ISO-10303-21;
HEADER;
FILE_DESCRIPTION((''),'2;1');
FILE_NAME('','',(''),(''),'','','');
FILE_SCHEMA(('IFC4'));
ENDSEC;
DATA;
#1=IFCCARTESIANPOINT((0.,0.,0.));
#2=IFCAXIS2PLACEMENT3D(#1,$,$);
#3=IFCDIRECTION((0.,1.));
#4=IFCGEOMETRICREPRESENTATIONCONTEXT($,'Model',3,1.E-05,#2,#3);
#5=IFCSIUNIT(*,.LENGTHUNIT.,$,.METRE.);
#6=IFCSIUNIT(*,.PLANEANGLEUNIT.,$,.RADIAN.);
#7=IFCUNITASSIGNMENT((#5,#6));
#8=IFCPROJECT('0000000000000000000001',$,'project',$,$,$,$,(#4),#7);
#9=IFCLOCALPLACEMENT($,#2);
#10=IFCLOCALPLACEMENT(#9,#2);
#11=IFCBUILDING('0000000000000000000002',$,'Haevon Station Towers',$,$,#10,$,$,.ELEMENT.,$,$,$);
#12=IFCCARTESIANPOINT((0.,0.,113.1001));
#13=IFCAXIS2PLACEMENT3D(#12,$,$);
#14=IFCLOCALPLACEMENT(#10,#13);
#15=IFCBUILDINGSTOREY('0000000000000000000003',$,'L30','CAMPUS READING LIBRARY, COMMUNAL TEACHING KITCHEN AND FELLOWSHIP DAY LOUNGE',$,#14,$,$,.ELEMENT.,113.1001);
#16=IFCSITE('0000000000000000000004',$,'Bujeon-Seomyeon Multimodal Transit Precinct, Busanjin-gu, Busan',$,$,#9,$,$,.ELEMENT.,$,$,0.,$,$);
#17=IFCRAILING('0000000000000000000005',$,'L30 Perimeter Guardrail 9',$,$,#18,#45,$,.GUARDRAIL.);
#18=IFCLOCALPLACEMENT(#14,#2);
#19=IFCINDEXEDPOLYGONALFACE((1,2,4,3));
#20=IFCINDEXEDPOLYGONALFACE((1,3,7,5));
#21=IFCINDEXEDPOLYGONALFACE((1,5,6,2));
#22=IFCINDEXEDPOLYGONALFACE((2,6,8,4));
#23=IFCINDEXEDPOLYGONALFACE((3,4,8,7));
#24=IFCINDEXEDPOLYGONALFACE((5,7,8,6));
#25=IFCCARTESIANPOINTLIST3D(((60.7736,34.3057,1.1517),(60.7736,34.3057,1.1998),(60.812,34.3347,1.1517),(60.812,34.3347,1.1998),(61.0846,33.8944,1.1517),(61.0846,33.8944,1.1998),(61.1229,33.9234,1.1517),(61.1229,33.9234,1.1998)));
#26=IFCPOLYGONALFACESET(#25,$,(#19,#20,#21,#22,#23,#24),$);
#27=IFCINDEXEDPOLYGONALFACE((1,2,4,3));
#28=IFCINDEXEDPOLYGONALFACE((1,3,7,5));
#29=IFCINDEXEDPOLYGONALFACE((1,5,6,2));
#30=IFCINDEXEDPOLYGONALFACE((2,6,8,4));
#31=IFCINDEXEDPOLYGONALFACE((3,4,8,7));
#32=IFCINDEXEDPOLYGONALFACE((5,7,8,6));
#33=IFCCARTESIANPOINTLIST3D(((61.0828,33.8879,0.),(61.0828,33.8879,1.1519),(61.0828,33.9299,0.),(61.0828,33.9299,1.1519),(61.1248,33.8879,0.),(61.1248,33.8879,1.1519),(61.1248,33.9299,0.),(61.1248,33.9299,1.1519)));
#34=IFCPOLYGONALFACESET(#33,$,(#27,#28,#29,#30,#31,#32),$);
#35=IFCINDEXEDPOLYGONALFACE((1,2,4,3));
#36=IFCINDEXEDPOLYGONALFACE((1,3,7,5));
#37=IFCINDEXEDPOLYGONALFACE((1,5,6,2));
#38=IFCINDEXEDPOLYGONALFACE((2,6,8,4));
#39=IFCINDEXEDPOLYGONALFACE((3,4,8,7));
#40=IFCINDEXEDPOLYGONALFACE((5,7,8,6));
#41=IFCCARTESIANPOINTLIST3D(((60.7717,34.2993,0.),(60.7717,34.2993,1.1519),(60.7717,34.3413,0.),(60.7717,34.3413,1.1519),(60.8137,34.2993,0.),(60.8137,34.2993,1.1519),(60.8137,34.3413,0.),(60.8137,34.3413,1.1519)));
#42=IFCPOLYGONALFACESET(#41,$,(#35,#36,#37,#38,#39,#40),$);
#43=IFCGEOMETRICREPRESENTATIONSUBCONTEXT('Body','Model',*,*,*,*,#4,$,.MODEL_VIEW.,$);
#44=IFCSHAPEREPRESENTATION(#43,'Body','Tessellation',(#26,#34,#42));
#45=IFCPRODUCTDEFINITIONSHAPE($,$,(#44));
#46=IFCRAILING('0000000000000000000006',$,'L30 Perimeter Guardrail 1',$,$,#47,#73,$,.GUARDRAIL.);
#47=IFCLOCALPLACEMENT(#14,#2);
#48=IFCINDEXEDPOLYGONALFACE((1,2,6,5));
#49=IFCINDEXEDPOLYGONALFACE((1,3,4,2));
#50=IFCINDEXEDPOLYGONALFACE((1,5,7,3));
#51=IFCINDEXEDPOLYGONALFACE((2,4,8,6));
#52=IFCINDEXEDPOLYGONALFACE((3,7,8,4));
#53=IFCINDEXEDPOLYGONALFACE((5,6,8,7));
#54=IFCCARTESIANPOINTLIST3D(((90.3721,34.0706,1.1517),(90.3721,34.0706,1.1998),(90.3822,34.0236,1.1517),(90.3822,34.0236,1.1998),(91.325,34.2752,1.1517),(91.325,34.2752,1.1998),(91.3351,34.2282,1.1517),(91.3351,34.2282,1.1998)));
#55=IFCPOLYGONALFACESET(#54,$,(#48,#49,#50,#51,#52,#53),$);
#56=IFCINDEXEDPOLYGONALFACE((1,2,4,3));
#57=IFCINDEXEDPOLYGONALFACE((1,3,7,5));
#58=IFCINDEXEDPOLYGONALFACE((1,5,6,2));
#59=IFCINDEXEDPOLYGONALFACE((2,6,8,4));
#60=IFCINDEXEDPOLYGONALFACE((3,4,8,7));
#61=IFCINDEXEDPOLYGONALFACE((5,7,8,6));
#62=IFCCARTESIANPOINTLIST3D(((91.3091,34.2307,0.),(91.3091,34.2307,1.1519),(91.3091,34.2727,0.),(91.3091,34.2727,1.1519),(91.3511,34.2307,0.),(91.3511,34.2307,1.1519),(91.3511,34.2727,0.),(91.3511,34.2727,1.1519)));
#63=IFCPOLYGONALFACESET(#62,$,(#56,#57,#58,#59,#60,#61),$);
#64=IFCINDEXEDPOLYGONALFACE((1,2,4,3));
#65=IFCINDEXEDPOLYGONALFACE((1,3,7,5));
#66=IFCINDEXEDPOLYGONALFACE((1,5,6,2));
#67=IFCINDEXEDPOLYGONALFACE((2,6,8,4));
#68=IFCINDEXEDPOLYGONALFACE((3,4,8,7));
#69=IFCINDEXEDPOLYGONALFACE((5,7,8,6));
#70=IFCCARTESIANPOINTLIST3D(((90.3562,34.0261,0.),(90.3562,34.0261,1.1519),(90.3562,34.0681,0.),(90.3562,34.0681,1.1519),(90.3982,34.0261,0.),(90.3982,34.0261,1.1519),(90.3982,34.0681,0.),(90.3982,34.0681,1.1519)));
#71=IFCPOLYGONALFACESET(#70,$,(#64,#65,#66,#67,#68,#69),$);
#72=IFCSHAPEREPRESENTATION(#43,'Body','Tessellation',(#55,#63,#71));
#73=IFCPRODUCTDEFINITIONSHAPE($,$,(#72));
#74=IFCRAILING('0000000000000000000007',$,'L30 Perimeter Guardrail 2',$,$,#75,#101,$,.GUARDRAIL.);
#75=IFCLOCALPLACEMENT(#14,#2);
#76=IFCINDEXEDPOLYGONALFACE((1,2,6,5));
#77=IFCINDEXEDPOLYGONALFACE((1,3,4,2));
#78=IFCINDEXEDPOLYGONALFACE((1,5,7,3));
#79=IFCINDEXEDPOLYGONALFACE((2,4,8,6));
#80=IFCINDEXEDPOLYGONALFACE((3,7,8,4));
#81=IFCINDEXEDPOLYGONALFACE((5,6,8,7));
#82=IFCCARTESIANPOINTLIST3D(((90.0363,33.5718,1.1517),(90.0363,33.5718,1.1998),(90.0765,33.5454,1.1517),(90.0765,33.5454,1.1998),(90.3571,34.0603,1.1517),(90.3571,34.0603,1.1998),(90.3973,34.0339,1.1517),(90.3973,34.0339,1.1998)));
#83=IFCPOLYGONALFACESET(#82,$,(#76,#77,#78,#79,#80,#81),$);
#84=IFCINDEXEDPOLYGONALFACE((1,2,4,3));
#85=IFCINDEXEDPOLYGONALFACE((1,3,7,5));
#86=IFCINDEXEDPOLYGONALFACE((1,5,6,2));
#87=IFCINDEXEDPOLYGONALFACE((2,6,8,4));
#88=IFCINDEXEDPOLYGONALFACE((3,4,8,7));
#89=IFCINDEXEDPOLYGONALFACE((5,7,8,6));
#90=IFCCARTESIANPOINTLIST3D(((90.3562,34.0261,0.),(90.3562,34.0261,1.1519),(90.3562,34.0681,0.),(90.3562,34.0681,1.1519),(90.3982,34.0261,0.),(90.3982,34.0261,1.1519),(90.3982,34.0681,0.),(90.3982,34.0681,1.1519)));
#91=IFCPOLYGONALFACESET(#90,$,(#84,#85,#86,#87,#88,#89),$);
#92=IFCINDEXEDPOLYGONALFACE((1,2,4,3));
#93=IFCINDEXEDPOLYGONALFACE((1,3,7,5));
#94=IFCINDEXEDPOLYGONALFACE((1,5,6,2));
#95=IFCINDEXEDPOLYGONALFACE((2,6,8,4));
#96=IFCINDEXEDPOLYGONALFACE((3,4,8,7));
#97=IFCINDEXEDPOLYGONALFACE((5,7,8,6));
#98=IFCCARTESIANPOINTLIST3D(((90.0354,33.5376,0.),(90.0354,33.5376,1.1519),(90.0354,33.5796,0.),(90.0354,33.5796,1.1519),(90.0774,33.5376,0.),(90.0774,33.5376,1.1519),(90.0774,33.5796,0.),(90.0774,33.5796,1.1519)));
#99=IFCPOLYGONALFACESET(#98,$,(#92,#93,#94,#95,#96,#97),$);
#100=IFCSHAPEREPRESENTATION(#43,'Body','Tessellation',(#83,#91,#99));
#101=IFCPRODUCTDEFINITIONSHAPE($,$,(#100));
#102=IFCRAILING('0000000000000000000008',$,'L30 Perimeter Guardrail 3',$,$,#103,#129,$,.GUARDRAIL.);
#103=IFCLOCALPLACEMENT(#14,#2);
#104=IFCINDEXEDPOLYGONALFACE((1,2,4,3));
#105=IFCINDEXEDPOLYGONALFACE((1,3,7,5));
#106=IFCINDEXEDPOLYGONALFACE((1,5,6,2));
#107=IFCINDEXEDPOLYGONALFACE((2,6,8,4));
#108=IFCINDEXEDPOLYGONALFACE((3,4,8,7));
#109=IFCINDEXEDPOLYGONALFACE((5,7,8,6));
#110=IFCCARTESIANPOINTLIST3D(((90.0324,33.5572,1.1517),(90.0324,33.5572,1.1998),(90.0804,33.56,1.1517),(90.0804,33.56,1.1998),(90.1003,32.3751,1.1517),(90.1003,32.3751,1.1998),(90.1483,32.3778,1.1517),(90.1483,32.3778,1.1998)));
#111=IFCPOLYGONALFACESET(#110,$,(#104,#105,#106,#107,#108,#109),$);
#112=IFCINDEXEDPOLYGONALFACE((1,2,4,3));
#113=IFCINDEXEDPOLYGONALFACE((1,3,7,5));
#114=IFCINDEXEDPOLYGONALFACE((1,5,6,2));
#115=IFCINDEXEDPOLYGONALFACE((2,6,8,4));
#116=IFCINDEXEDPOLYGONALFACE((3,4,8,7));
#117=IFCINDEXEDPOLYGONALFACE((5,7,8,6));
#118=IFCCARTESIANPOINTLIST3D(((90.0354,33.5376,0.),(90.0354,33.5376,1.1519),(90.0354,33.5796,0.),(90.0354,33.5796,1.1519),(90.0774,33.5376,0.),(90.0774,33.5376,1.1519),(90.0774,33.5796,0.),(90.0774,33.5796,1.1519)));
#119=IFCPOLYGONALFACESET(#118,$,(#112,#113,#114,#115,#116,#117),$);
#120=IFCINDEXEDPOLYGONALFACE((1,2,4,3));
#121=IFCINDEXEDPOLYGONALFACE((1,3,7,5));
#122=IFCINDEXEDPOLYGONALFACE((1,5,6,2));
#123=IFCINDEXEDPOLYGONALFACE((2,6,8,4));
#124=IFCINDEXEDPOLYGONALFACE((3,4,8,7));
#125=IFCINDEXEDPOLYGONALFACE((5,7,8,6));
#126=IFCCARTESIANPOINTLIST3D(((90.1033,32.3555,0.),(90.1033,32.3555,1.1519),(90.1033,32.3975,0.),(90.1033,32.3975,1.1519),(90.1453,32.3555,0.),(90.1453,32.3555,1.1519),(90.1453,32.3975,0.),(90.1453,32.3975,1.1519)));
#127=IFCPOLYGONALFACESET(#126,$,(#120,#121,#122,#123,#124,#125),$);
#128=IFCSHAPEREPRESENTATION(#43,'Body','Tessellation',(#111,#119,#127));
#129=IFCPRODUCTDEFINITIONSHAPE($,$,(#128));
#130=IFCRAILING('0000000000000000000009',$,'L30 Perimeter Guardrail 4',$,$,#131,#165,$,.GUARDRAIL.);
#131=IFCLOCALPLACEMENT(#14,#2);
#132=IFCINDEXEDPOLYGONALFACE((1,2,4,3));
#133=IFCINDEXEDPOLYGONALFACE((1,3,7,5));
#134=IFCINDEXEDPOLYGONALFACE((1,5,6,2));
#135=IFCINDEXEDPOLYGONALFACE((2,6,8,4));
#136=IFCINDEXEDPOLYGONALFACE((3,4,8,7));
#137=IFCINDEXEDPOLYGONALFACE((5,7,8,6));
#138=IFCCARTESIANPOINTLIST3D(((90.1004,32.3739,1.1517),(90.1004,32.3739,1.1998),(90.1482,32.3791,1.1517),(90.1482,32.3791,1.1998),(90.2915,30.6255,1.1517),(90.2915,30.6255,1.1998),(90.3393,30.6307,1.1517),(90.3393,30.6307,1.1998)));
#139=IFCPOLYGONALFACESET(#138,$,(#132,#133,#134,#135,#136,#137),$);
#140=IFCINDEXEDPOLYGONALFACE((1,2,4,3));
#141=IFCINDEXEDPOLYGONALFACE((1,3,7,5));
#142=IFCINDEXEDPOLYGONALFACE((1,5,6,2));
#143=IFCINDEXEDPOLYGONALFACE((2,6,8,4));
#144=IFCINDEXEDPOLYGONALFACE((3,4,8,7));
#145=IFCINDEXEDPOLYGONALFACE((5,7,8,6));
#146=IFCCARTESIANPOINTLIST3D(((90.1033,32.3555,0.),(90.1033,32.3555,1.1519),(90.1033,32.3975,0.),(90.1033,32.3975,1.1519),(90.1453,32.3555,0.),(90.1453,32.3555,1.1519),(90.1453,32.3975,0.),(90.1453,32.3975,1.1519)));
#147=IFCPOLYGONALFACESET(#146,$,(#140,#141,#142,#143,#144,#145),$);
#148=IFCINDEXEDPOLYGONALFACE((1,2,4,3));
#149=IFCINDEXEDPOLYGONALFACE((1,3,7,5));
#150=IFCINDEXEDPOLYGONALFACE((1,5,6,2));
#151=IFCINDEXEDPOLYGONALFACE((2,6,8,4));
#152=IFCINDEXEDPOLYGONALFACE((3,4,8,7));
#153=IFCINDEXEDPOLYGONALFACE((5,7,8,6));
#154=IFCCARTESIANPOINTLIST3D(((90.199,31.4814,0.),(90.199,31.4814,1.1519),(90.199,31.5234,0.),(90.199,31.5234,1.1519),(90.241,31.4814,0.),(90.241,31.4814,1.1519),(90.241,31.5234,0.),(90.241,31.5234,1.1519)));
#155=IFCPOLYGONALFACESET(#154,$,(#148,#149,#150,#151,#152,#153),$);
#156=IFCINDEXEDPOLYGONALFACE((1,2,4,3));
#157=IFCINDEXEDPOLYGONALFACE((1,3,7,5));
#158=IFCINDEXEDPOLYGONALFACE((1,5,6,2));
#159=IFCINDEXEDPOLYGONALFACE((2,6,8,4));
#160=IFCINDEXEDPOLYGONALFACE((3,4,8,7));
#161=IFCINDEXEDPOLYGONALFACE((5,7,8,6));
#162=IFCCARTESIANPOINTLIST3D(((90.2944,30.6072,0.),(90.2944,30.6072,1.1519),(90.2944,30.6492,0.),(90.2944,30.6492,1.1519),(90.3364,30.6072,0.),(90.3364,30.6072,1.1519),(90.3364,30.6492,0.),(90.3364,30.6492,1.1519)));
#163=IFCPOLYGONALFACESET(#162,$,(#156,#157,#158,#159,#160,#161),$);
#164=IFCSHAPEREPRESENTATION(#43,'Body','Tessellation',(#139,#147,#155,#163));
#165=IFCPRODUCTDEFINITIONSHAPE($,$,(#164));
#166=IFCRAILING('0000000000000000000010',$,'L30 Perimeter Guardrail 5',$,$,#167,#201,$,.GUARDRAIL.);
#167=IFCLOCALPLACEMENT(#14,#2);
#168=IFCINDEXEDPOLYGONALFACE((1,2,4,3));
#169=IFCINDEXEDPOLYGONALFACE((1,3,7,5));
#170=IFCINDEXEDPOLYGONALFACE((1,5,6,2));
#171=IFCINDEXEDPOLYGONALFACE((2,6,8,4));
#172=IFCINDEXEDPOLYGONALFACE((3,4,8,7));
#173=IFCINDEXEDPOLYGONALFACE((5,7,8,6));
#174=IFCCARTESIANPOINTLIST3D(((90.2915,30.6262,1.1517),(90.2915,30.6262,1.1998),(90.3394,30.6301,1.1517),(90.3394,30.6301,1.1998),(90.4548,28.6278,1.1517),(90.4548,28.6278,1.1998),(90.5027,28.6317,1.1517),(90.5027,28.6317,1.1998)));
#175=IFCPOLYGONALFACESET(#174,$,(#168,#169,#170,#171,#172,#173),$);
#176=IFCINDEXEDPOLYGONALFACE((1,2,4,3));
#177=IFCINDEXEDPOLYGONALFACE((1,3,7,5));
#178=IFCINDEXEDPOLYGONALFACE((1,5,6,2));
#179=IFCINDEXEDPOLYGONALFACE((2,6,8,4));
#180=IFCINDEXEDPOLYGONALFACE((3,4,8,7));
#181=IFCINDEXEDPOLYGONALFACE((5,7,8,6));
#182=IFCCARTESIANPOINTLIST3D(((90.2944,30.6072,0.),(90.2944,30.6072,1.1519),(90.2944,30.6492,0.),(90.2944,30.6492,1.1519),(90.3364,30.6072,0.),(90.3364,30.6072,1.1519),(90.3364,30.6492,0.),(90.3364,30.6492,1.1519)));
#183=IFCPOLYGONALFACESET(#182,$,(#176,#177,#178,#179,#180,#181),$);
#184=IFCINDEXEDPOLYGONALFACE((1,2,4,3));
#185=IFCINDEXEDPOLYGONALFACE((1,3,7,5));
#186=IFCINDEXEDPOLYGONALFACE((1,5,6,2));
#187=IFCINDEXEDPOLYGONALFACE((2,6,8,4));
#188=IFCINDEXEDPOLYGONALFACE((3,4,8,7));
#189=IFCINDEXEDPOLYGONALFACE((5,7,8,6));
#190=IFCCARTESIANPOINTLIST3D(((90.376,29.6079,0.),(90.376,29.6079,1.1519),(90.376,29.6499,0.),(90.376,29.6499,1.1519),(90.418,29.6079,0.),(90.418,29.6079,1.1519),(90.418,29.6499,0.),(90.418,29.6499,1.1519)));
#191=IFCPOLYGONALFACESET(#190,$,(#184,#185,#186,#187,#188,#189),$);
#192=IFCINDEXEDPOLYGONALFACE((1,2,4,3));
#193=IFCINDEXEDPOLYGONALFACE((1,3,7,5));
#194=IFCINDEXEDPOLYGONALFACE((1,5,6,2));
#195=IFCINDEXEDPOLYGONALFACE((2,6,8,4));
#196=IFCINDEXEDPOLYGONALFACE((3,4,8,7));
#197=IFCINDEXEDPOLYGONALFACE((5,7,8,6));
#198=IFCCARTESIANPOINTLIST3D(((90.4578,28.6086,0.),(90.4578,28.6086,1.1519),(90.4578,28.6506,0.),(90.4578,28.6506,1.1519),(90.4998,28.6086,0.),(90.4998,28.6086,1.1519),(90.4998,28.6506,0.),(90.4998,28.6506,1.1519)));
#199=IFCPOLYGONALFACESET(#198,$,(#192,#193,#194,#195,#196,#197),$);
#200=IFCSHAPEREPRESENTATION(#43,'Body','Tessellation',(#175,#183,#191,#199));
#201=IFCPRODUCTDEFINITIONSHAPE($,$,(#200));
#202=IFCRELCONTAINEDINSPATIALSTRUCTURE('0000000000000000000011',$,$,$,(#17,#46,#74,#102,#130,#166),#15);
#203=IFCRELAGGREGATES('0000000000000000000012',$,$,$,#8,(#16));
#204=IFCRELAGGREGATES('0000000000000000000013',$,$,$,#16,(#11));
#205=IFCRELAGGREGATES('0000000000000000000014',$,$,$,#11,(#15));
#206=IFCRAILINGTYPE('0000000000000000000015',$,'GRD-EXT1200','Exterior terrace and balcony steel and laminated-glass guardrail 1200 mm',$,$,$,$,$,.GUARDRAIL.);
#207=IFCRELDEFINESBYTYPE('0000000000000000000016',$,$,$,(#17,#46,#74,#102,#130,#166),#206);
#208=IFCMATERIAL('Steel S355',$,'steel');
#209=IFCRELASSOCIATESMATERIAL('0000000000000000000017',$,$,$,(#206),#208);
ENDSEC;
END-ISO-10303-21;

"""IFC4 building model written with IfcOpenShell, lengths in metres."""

from ifc_helpers import new_model, si_unit, direction, frame, origin, origin_2d, place, context, subcontext, project, spatial, rectangle, extrude, material, type_object, element, save


model = new_model("IFC4")

# Units and contexts
model_context = context("Model", 3, precision=1e-05, world=origin(), true_north=direction((0.0, 1.0)))
body_context = subcontext(model_context, "Body", "Model", "MODEL_VIEW")
ifc_project = project(units=[si_unit("LENGTHUNIT", "METRE"), si_unit("PLANEANGLEUNIT", "RADIAN")], contexts=[model_context])

# Site, building, storey
site_placement = place(None, origin())
site = spatial("IfcSite", under=ifc_project, at=site_placement, Name="Bujeon-Seomyeon Multimodal Transit Precinct, Busanjin-gu, Busan", CompositionType="ELEMENT", RefElevation=0.0)
building_placement = place(site_placement, origin())
building = spatial("IfcBuilding", under=site, at=building_placement, Name="Haevon Station Towers", CompositionType="ELEMENT")
storey_placement = place(building_placement, frame((0.0, 0.0, 113.1001)))
storey = spatial("IfcBuildingStorey", under=building, at=storey_placement, Name="L30", Description="CAMPUS READING LIBRARY, COMMUNAL TEACHING KITCHEN AND FELLOWSHIP DAY LOUNGE", CompositionType="ELEMENT", Elevation=113.1001)

# Shared definitions
ifc_material_1 = material(Name="Steel S355", Category="steel")

# Railings
railing_type = type_object("IfcRailingType", Name="GRD-EXT1200", Description="Exterior terrace and balcony steel and laminated-glass guardrail 1200 mm", PredefinedType="GUARDRAIL", material=ifc_material_1)
railing_1_placement = place(storey_placement, frame((61.1038, 33.9089, 0.0)))
element("IfcRailing", 1, at=railing_1_placement, inside=storey, type_object=railing_type, Name="L30 Perimeter Guardrail 9", PredefinedType="GUARDRAIL", context=body_context, shape_type="SweptSolid", body=[
    extrude(rectangle(XDim=0.0481, YDim=0.0481, at=origin_2d()), frame((0.0, 0.0, 1.1758), z_axis=(-0.603101, 0.797665, 0.0), x_axis=(-0.797665, -0.603101, 0.0)), (0.0, 0.0, 1.0), 0.5156),
    extrude(rectangle(XDim=0.042, YDim=0.042, at=origin_2d()), origin(), (0.0, 0.0, 1.0), 1.1519),
    extrude(rectangle(XDim=0.042, YDim=0.042, at=origin_2d()), frame((-0.311, 0.4114, 0.0)), (0.0, 0.0, 1.0), 1.1519),
])
railing_2_placement = place(storey_placement, frame((91.3301, 34.2517, 0.0)))
element("IfcRailing", 2, at=railing_2_placement, inside=storey, type_object=railing_type, Name="L30 Perimeter Guardrail 1", PredefinedType="GUARDRAIL", context=body_context, shape_type="SweptSolid", body=[
    extrude(rectangle(XDim=0.0481, YDim=0.0481, at=origin_2d()), frame((0.0, 0.0, 1.1758), z_axis=(-0.977718, -0.209923, 0.0), x_axis=(0.209923, -0.977718, 0.0)), (0.0, 0.0, 1.0), 0.9746),
    extrude(rectangle(XDim=0.042, YDim=0.042, at=origin_2d()), origin(), (0.0, 0.0, 1.0), 1.1519),
    extrude(rectangle(XDim=0.042, YDim=0.042, at=origin_2d()), frame((-0.9529, -0.2046, 0.0)), (0.0, 0.0, 1.0), 1.1519),
])
railing_3_placement = place(storey_placement, frame((90.3772, 34.0471, 0.0)))
element("IfcRailing", 3, at=railing_3_placement, inside=storey, type_object=railing_type, Name="L30 Perimeter Guardrail 2", PredefinedType="GUARDRAIL", context=body_context, shape_type="SweptSolid", body=[
    extrude(rectangle(XDim=0.0481, YDim=0.0481, at=origin_2d()), frame((0.0, 0.0, 1.1758), z_axis=(-0.548903, -0.835886, 0.0), x_axis=(0.835886, -0.548903, 0.0)), (0.0, 0.0, 1.0), 0.5845),
    extrude(rectangle(XDim=0.042, YDim=0.042, at=origin_2d()), origin(), (0.0, 0.0, 1.0), 1.1519),
    extrude(rectangle(XDim=0.042, YDim=0.042, at=origin_2d()), frame((-0.3208, -0.4885, 0.0)), (0.0, 0.0, 1.0), 1.1519),
])
railing_4_placement = place(storey_placement, frame((90.0564, 33.5586, 0.0)))
element("IfcRailing", 4, at=railing_4_placement, inside=storey, type_object=railing_type, Name="L30 Perimeter Guardrail 3", PredefinedType="GUARDRAIL", context=body_context, shape_type="SweptSolid", body=[
    extrude(rectangle(XDim=0.0481, YDim=0.0481, at=origin_2d()), frame((0.0, 0.0, 1.1758), z_axis=(0.05732, -0.998356, 0.0), x_axis=(0.998356, 0.05732, 0.0)), (0.0, 0.0, 1.0), 1.1841),
    extrude(rectangle(XDim=0.042, YDim=0.042, at=origin_2d()), origin(), (0.0, 0.0, 1.0), 1.1519),
    extrude(rectangle(XDim=0.042, YDim=0.042, at=origin_2d()), frame((0.0679, -1.1821, 0.0)), (0.0, 0.0, 1.0), 1.1519),
])
railing_5_placement = place(storey_placement, frame((90.1243, 32.3765, 0.0)))
element("IfcRailing", 5, at=railing_5_placement, inside=storey, type_object=railing_type, Name="L30 Perimeter Guardrail 4", PredefinedType="GUARDRAIL", context=body_context, shape_type="SweptSolid", body=[
    extrude(rectangle(XDim=0.0481, YDim=0.0481, at=origin_2d()), frame((0.0, 0.0, 1.1758), z_axis=(0.108694, -0.994075, 0.0), x_axis=(0.994075, 0.108694, 0.0)), (0.0, 0.0, 1.0), 1.7588),
    extrude(rectangle(XDim=0.042, YDim=0.042, at=origin_2d()), origin(), (0.0, 0.0, 1.0), 1.1519),
    extrude(rectangle(XDim=0.042, YDim=0.042, at=origin_2d()), frame((0.0957, -0.874, 0.0)), (0.0, 0.0, 1.0), 1.1519),
    extrude(rectangle(XDim=0.042, YDim=0.042, at=origin_2d()), frame((0.1912, -1.7483, 0.0)), (0.0, 0.0, 1.0), 1.1519),
])
railing_6_placement = place(storey_placement, frame((90.3154, 30.6282, 0.0)))
element("IfcRailing", 6, at=railing_6_placement, inside=storey, type_object=railing_type, Name="L30 Perimeter Guardrail 5", PredefinedType="GUARDRAIL", context=body_context, shape_type="SweptSolid", body=[
    extrude(rectangle(XDim=0.0481, YDim=0.0481, at=origin_2d()), frame((0.0, 0.0, 1.1758), z_axis=(0.081453, -0.996677, 0.0), x_axis=(0.996677, 0.081453, 0.0)), (0.0, 0.0, 1.0), 2.0051),
    extrude(rectangle(XDim=0.042, YDim=0.042, at=origin_2d()), origin(), (0.0, 0.0, 1.0), 1.1519),
    extrude(rectangle(XDim=0.042, YDim=0.042, at=origin_2d()), frame((0.0815, -0.9993, 0.0)), (0.0, 0.0, 1.0), 1.1519),
    extrude(rectangle(XDim=0.042, YDim=0.042, at=origin_2d()), frame((0.1633, -1.9985, 0.0)), (0.0, 0.0, 1.0), 1.1519),
])

save(model, "model.ifc")
